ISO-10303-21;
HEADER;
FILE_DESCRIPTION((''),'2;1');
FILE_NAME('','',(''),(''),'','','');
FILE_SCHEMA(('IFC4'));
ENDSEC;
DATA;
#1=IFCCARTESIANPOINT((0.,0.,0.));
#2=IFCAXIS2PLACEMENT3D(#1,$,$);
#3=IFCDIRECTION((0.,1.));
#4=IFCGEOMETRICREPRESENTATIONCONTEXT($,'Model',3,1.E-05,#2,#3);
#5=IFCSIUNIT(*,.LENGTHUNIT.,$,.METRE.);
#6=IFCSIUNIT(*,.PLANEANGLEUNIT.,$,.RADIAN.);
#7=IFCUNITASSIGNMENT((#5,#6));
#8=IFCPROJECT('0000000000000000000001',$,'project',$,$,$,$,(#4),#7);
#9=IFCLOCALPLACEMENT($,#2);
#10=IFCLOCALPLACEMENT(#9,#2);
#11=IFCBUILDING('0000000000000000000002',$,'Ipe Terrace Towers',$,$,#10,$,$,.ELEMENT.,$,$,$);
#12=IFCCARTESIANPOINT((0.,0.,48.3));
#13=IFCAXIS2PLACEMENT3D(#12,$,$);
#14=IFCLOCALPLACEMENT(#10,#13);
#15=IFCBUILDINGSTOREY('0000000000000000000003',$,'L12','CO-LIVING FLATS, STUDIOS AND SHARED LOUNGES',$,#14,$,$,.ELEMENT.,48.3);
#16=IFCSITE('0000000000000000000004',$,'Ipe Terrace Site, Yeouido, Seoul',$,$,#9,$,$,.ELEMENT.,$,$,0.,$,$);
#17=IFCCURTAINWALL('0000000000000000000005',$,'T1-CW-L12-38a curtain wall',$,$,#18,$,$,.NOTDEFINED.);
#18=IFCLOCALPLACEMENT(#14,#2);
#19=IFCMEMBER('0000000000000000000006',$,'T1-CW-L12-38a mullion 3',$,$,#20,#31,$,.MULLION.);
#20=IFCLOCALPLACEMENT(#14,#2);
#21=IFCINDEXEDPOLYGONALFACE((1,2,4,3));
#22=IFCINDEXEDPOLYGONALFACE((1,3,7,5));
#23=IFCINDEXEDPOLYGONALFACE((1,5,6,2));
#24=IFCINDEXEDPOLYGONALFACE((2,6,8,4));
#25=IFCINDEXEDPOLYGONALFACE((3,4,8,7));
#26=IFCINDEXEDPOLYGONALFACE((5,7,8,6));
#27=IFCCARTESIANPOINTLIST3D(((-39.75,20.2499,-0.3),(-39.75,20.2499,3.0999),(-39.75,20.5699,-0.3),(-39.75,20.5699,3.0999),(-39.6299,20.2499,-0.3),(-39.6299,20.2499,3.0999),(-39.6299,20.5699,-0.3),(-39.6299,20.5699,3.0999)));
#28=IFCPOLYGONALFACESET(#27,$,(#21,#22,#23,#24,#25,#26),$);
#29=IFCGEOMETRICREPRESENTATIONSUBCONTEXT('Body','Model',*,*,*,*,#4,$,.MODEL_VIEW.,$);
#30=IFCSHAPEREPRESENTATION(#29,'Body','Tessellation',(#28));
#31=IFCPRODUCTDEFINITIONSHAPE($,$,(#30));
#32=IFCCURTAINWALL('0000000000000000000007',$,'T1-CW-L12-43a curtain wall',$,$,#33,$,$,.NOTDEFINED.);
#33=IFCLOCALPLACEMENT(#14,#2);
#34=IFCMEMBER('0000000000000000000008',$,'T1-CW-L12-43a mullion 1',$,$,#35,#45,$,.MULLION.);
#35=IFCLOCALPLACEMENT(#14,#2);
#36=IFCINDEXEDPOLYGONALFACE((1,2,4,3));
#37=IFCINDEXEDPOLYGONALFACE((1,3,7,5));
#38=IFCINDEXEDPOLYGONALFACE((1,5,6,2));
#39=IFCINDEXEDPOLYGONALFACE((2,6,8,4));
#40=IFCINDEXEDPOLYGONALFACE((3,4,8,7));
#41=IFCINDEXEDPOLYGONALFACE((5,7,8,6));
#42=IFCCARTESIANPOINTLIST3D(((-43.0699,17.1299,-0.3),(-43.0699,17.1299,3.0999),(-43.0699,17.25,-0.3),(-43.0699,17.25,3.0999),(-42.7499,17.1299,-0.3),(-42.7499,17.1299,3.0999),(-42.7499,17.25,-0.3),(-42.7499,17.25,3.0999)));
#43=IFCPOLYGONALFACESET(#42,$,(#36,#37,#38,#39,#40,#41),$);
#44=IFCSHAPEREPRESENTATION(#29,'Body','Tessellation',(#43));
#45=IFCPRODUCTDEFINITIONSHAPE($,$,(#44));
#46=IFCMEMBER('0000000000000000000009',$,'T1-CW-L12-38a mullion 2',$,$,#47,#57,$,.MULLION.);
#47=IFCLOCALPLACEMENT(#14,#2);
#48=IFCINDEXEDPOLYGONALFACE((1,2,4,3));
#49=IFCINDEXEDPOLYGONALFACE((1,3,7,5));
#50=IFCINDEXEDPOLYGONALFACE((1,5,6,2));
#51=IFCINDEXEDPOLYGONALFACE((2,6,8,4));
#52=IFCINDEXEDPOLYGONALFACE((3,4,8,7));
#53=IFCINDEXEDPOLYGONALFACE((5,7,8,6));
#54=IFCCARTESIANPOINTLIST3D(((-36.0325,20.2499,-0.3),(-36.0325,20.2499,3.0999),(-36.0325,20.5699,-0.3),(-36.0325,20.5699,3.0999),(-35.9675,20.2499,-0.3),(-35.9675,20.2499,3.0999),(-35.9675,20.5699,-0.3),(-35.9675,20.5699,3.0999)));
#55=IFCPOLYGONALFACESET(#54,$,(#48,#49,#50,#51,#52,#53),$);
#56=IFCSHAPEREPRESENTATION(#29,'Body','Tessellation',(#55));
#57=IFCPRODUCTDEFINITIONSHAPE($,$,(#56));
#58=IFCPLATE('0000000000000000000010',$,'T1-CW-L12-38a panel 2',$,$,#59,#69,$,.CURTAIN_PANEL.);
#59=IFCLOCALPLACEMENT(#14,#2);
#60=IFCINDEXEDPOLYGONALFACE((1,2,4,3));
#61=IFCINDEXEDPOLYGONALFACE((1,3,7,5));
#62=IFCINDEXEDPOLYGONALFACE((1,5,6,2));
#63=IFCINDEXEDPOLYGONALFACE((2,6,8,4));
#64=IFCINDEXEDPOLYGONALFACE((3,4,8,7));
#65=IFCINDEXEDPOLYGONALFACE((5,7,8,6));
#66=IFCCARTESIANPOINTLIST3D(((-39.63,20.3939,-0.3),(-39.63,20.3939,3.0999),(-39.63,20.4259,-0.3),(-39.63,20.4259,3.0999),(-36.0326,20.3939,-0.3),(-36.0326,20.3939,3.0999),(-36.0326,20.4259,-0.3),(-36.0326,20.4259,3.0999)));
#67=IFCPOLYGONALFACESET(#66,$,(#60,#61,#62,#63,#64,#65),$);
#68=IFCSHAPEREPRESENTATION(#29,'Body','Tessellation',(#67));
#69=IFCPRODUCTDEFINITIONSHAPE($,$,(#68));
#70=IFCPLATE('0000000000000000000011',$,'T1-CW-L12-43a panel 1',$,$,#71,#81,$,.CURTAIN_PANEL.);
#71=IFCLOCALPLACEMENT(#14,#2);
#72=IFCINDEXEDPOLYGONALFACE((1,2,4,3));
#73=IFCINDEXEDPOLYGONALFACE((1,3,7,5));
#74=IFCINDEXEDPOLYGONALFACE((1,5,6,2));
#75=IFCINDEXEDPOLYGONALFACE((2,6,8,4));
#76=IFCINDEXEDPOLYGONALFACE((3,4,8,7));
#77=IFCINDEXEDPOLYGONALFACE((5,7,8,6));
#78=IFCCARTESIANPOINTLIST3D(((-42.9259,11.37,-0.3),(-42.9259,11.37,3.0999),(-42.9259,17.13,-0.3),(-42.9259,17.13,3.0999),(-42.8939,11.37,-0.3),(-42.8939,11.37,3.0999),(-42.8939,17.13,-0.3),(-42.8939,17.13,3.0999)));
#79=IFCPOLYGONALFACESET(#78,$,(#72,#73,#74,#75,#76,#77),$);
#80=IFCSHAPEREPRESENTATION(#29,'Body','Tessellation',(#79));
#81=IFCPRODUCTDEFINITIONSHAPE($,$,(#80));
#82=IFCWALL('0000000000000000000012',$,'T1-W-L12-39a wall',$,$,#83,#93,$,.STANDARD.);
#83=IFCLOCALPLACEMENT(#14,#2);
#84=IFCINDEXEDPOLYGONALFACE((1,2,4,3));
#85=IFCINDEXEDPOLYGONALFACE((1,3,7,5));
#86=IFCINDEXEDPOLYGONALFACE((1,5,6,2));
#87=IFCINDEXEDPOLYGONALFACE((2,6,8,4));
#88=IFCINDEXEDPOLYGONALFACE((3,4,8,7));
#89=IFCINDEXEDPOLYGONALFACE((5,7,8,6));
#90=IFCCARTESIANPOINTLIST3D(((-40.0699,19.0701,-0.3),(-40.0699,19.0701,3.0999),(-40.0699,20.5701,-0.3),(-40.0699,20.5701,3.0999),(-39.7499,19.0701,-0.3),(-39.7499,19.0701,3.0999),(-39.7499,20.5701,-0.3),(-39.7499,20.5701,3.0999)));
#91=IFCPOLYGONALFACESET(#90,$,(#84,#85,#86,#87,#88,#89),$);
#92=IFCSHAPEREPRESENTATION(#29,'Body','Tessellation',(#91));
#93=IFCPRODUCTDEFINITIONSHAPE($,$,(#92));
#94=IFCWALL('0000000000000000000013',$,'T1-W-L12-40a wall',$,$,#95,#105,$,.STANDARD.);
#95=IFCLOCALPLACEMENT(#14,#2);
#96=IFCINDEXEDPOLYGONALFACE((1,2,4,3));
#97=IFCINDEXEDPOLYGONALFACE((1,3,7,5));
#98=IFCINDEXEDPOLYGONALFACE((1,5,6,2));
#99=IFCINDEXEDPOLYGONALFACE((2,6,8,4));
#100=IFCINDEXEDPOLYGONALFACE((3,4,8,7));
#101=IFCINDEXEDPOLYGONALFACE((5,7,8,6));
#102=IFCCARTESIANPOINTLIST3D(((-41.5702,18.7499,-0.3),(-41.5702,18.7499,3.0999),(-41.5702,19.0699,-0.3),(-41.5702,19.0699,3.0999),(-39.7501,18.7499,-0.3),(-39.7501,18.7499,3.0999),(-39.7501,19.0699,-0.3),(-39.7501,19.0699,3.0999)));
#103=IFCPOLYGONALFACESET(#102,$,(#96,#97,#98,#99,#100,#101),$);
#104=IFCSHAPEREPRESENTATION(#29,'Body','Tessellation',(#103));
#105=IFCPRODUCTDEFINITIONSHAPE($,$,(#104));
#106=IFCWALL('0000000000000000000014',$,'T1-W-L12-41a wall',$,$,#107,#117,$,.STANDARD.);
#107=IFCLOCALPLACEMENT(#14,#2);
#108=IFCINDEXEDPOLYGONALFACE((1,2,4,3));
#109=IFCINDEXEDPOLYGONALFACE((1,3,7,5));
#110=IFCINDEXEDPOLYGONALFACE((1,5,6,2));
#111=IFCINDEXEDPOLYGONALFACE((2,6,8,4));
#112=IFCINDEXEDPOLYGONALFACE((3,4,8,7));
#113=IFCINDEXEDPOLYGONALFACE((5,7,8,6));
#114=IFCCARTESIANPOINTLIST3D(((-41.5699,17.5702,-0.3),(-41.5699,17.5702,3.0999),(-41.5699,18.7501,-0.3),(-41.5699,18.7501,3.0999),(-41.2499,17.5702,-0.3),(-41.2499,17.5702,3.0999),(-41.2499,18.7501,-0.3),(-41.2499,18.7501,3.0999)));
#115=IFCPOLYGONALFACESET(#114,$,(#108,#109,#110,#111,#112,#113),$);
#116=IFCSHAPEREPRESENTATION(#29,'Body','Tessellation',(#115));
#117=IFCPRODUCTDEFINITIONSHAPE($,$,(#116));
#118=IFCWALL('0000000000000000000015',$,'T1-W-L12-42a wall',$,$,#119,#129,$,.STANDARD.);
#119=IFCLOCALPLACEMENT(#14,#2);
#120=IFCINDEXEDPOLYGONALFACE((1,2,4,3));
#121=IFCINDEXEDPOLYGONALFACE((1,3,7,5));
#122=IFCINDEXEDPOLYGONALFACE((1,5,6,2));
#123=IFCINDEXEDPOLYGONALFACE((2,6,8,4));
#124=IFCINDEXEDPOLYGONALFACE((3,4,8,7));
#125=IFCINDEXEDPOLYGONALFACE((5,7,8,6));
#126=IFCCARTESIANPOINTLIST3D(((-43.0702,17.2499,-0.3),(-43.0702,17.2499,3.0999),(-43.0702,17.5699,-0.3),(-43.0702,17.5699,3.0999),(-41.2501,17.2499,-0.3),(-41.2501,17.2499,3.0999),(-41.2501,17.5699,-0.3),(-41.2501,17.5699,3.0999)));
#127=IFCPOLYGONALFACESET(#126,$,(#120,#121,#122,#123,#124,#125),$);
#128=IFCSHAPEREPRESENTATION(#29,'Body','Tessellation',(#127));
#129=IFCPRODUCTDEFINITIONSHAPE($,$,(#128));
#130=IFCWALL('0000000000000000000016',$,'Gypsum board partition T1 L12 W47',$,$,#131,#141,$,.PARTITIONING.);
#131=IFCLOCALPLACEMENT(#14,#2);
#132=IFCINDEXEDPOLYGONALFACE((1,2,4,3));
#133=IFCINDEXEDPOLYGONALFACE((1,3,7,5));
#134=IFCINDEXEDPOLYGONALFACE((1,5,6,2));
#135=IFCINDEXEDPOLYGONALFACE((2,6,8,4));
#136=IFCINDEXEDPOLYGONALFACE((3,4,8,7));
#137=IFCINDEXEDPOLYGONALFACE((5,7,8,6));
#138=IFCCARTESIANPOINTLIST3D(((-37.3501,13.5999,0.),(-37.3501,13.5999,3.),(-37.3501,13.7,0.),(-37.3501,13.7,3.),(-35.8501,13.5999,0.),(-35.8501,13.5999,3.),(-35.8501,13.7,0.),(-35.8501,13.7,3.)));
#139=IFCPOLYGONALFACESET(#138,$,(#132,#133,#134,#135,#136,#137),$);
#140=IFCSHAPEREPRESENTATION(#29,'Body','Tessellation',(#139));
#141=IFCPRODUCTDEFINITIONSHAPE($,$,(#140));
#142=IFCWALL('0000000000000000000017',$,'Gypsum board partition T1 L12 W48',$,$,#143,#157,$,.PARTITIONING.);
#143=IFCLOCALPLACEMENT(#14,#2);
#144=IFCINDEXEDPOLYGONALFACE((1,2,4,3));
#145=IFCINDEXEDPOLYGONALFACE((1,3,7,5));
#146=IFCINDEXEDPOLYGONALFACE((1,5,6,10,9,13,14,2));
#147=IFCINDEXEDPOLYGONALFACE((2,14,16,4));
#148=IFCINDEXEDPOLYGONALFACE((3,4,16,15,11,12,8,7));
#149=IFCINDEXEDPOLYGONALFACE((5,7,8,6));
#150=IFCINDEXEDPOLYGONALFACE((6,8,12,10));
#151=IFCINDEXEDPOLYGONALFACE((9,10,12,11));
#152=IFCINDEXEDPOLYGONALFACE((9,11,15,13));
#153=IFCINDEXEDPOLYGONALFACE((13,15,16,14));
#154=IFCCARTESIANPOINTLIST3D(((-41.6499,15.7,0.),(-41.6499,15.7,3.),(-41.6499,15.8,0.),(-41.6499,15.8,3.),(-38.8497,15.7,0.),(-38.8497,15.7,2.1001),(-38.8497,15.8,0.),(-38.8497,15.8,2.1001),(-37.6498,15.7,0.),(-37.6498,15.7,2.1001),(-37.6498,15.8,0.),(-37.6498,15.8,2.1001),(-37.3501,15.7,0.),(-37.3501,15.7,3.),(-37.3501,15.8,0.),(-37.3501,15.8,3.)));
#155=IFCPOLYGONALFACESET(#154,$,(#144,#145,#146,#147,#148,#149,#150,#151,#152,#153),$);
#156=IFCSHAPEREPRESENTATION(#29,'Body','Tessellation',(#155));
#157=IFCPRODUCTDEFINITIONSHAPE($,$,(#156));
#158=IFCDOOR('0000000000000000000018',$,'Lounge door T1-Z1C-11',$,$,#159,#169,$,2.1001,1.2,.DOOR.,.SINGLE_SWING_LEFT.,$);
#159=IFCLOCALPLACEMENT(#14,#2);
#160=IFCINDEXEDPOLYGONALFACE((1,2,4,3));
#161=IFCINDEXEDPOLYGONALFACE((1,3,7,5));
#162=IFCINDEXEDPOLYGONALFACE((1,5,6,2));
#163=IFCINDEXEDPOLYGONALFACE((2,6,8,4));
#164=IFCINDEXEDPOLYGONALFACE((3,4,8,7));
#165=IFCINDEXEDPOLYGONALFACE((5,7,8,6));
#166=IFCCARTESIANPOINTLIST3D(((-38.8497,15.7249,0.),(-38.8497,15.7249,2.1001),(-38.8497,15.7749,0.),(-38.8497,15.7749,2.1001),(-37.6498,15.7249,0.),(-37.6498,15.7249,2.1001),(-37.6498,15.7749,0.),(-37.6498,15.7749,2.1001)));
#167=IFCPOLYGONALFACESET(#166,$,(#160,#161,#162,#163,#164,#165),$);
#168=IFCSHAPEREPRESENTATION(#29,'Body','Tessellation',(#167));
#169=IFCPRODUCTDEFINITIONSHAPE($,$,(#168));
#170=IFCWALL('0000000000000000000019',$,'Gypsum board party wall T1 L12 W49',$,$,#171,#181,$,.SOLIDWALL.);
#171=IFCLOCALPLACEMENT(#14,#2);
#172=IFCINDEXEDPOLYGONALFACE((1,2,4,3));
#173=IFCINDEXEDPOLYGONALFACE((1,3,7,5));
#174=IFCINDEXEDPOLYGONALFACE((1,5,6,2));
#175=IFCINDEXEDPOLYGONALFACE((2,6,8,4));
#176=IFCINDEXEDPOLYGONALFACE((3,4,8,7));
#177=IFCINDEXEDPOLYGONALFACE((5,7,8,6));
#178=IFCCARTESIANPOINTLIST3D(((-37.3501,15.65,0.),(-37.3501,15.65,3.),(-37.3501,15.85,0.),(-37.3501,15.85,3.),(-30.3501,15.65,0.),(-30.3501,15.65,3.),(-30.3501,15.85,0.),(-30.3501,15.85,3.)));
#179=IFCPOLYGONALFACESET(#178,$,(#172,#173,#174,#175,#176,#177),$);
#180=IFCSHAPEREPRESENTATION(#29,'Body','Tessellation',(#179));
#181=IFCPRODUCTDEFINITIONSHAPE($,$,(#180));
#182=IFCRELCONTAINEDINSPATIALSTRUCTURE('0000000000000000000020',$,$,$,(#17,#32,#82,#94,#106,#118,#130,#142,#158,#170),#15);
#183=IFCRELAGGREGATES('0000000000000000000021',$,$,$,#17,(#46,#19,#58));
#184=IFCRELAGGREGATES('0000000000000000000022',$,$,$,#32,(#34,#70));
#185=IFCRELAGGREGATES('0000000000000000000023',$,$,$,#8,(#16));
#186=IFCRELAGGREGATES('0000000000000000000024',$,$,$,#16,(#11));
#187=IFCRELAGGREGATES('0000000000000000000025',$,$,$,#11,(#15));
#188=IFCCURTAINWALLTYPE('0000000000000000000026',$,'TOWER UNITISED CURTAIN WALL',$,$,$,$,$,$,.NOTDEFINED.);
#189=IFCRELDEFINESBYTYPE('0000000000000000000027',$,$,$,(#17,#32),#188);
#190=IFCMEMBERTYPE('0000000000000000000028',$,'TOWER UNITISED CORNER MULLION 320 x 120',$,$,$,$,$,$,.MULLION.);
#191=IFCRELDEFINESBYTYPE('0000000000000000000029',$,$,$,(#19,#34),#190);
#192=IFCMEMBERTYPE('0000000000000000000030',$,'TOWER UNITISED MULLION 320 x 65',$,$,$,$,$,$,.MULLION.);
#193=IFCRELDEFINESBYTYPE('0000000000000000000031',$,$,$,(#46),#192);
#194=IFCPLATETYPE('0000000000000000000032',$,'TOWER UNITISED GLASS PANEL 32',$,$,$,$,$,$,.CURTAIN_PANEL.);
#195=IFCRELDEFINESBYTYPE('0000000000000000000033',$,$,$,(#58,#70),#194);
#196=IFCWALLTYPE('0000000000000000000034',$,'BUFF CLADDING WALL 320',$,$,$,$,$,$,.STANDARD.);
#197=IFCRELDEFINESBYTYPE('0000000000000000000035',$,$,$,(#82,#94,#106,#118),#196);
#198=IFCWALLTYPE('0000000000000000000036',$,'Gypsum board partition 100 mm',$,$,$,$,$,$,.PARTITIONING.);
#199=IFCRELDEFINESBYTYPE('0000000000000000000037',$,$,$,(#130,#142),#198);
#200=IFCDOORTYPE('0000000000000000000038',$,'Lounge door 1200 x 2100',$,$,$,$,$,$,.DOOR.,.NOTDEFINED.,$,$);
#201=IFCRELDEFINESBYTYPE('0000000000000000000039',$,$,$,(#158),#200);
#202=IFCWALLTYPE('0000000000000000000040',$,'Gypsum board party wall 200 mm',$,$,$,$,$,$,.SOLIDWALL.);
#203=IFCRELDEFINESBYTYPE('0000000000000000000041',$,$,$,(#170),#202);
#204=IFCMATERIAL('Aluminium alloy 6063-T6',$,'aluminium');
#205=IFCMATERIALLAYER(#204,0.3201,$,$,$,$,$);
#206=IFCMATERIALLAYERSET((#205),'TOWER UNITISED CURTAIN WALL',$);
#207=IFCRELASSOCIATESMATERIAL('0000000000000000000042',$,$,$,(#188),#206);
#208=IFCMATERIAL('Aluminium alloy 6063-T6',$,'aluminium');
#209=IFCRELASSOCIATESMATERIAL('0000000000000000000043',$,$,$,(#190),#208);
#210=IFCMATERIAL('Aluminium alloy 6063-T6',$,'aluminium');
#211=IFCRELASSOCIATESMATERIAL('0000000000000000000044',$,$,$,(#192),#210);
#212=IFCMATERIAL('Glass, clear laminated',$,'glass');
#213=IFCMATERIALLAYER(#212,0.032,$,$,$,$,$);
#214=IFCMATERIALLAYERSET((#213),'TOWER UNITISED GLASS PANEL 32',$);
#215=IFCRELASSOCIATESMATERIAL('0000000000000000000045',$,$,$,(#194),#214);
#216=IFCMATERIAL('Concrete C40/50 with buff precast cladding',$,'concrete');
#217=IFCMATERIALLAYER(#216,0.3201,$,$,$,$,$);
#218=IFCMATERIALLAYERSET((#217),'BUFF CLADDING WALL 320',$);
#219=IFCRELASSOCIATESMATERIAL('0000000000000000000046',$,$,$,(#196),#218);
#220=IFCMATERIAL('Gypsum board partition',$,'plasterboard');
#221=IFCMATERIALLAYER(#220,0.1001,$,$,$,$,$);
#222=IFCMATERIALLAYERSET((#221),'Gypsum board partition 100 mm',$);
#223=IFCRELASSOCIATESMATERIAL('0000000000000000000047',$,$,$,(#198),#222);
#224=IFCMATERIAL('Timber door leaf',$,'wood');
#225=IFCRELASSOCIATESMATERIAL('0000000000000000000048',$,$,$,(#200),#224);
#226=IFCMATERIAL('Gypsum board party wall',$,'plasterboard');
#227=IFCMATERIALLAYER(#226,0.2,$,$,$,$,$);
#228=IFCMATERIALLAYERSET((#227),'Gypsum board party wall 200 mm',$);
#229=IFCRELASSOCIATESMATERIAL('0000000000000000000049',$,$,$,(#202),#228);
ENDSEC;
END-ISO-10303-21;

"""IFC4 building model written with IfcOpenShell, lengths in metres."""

from ifc_helpers import new_model, si_unit, direction, frame, frame_2d, origin, origin_2d, place, context, subcontext, project, spatial, rectangle, extrude, material, layer, layer_set, material_profile, profile_set, type_object, element, fill, aggregate, save


model = new_model("IFC4")

# Units and contexts
model_context = context("Model", 3, precision=1e-05, world=origin(), true_north=direction((0.0, 1.0)))
body_context = subcontext(model_context, "Body", "Model", "MODEL_VIEW")
ifc_project = project(units=[si_unit("LENGTHUNIT", "METRE"), si_unit("PLANEANGLEUNIT", "RADIAN")], contexts=[model_context])

# Site, building, storey
site_placement = place(None, origin())
site = spatial("IfcSite", under=ifc_project, at=site_placement, Name="Ipe Terrace Site, Yeouido, Seoul", CompositionType="ELEMENT", RefElevation=0.0)
building_placement = place(site_placement, origin())
building = spatial("IfcBuilding", under=site, at=building_placement, Name="Ipe Terrace Towers", CompositionType="ELEMENT")
storey_placement = place(building_placement, frame((0.0, 0.0, 48.3)))
storey = spatial("IfcBuildingStorey", under=building, at=storey_placement, Name="L12", Description="CO-LIVING FLATS, STUDIOS AND SHARED LOUNGES", CompositionType="ELEMENT", Elevation=48.3)

# Curtain walls, members
ifc_material_1 = material(Name="Aluminium alloy 6063-T6", Category="aluminium")
ifc_layer_1 = layer(ifc_material_1, 0.3201)
ifc_layer_set_1 = layer_set([ifc_layer_1], Name="TOWER UNITISED CURTAIN WALL")
curtain_wall_type = type_object("IfcCurtainWallType", Name="TOWER UNITISED CURTAIN WALL", PredefinedType="NOTDEFINED", material=ifc_layer_set_1)
curtain_wall_1_placement = place(storey_placement, origin())
curtain_wall_1 = element("IfcCurtainWall", 1, at=curtain_wall_1_placement, inside=storey, type_object=curtain_wall_type, Name="T1-CW-L12-38a curtain wall", PredefinedType="NOTDEFINED")
ifc_material_2 = material(Name="Aluminium alloy 6063-T6", Category="aluminium")
ifc_material_profile_1 = material_profile(ifc_material_2, rectangle(XDim=0.3201, YDim=0.1201, at=origin_2d()), Name="TOWER UNITISED CORNER MULLION 320 x 120")
ifc_profile_set_1 = profile_set([ifc_material_profile_1], Name="Aluminium alloy 6063-T6")
member_type_1 = type_object("IfcMemberType", Name="TOWER UNITISED CORNER MULLION 320 x 120", PredefinedType="MULLION", material=ifc_profile_set_1)
member_1_placement = place(storey_placement, frame((-39.6899, 20.4099, -0.3), z_axis=(0.0, 0.0, 1.0), x_axis=(0.0, 1.0, 0.0)))
member_1 = element("IfcMember", 2, at=member_1_placement, type_object=member_type_1, Name="T1-CW-L12-38a mullion 3", PredefinedType="MULLION", context=body_context, shape_type="SweptSolid", body=[
    extrude(rectangle(XDim=0.3201, YDim=0.1201, at=origin_2d()), origin(), (0.0, 0.0, 1.0), 3.3999),
])
curtain_wall_2_placement = place(storey_placement, origin())
curtain_wall_2 = element("IfcCurtainWall", 3, at=curtain_wall_2_placement, inside=storey, type_object=curtain_wall_type, Name="T1-CW-L12-43a curtain wall", PredefinedType="NOTDEFINED")
member_2_placement = place(storey_placement, frame((-42.9099, 17.1899, -0.3), z_axis=(0.0, 0.0, 1.0), x_axis=(-1.0, 0.0, 0.0)))
member_2 = element("IfcMember", 4, at=member_2_placement, type_object=member_type_1, Name="T1-CW-L12-43a mullion 1", PredefinedType="MULLION", context=body_context, shape_type="SweptSolid", body=[
    extrude(rectangle(XDim=0.3201, YDim=0.1201, at=origin_2d()), origin(), (0.0, 0.0, 1.0), 3.3999),
])

# Member
ifc_material_3 = material(Name="Aluminium alloy 6063-T6", Category="aluminium")
ifc_material_profile_2 = material_profile(ifc_material_3, rectangle(XDim=0.3201, YDim=0.0649, at=origin_2d()), Name="TOWER UNITISED MULLION 320 x 65")
ifc_profile_set_2 = profile_set([ifc_material_profile_2], Name="Aluminium alloy 6063-T6")
member_type_2 = type_object("IfcMemberType", Name="TOWER UNITISED MULLION 320 x 65", PredefinedType="MULLION", material=ifc_profile_set_2)
member_3_placement = place(storey_placement, frame((-36.0, 20.4099, -0.3), z_axis=(0.0, 0.0, 1.0), x_axis=(0.0, 1.0, 0.0)))
member_3 = element("IfcMember", 5, at=member_3_placement, type_object=member_type_2, Name="T1-CW-L12-38a mullion 2", PredefinedType="MULLION", context=body_context, shape_type="SweptSolid", body=[
    extrude(rectangle(XDim=0.3201, YDim=0.0649, at=origin_2d()), origin(), (0.0, 0.0, 1.0), 3.3999),
])

# Plates
ifc_material_4 = material(Name="Glass, clear laminated", Category="glass")
ifc_layer_2 = layer(ifc_material_4, 0.032)
ifc_layer_set_2 = layer_set([ifc_layer_2], Name="TOWER UNITISED GLASS PANEL 32")
plate_type = type_object("IfcPlateType", Name="TOWER UNITISED GLASS PANEL 32", PredefinedType="CURTAIN_PANEL", material=ifc_layer_set_2)
plate_1_placement = place(storey_placement, frame((-37.8313, 20.4099, -0.3), z_axis=(0.0, 0.0, 1.0), x_axis=(-1.0, 0.0, 0.0)))
plate_1 = element("IfcPlate", 6, at=plate_1_placement, type_object=plate_type, Name="T1-CW-L12-38a panel 2", PredefinedType="CURTAIN_PANEL", context=body_context, shape_type="SweptSolid", body=[
    extrude(rectangle(XDim=3.5974, YDim=0.032, at=origin_2d()), origin(), (0.0, 0.0, 1.0), 3.3999),
])
aggregate(curtain_wall_1, [member_3, member_1, plate_1])
plate_2_placement = place(storey_placement, frame((-42.9099, 14.25, -0.3), z_axis=(0.0, 0.0, 1.0), x_axis=(0.0, -1.0, 0.0)))
plate_2 = element("IfcPlate", 7, at=plate_2_placement, type_object=plate_type, Name="T1-CW-L12-43a panel 1", PredefinedType="CURTAIN_PANEL", context=body_context, shape_type="SweptSolid", body=[
    extrude(rectangle(XDim=5.76, YDim=0.032, at=origin_2d()), origin(), (0.0, 0.0, 1.0), 3.3999),
])
aggregate(curtain_wall_2, [member_2, plate_2])

# Walls
ifc_material_5 = material(Name="Concrete C40/50 with buff precast cladding", Category="concrete")
ifc_layer_3 = layer(ifc_material_5, 0.3201)
ifc_layer_set_3 = layer_set([ifc_layer_3], Name="BUFF CLADDING WALL 320")
wall_type_1 = type_object("IfcWallType", Name="BUFF CLADDING WALL 320", PredefinedType="STANDARD", material=ifc_layer_set_3)
wall_1_placement = place(storey_placement, frame((-39.9099, 20.5701, -0.3), z_axis=(0.0, 0.0, 1.0), x_axis=(0.0, -1.0, 0.0)))
element("IfcWall", 8, at=wall_1_placement, inside=storey, type_object=wall_type_1, Name="T1-W-L12-39a wall", PredefinedType="STANDARD", context=body_context, shape_type="SweptSolid", body=[
    extrude(rectangle(XDim=1.5, YDim=0.3201, at=frame_2d((0.75, 0.0))), origin(), (0.0, 0.0, 1.0), 3.3999),
])
wall_2_placement = place(storey_placement, frame((-39.75, 18.9099, -0.3), z_axis=(0.0, 0.0, 1.0), x_axis=(-1.0, 0.0, 0.0)))
element("IfcWall", 9, at=wall_2_placement, inside=storey, type_object=wall_type_1, Name="T1-W-L12-40a wall", PredefinedType="STANDARD", context=body_context, shape_type="SweptSolid", body=[
    extrude(rectangle(XDim=1.8201, YDim=0.3201, at=frame_2d((0.9102, 0.0))), origin(), (0.0, 0.0, 1.0), 3.3999),
])
wall_3_placement = place(storey_placement, frame((-41.4099, 18.75, -0.3), z_axis=(0.0, 0.0, 1.0), x_axis=(0.0, -1.0, 0.0)))
element("IfcWall", 10, at=wall_3_placement, inside=storey, type_object=wall_type_1, Name="T1-W-L12-41a wall", PredefinedType="STANDARD", context=body_context, shape_type="SweptSolid", body=[
    extrude(rectangle(XDim=1.1799, YDim=0.3201, at=frame_2d((0.5898, 0.0))), origin(), (0.0, 0.0, 1.0), 3.3999),
])
wall_4_placement = place(storey_placement, frame((-41.25, 17.4099, -0.3), z_axis=(0.0, 0.0, 1.0), x_axis=(-1.0, 0.0, 0.0)))
element("IfcWall", 11, at=wall_4_placement, inside=storey, type_object=wall_type_1, Name="T1-W-L12-42a wall", PredefinedType="STANDARD", context=body_context, shape_type="SweptSolid", body=[
    extrude(rectangle(XDim=1.8201, YDim=0.3201, at=frame_2d((0.9102, 0.0))), origin(), (0.0, 0.0, 1.0), 3.3999),
])
ifc_material_6 = material(Name="Gypsum board partition", Category="plasterboard")
ifc_layer_4 = layer(ifc_material_6, 0.1001)
ifc_layer_set_4 = layer_set([ifc_layer_4], Name="Gypsum board partition 100 mm")
wall_type_2 = type_object("IfcWallType", Name="Gypsum board partition 100 mm", PredefinedType="PARTITIONING", material=ifc_layer_set_4)
wall_5_placement = place(storey_placement, frame((-37.3501, 13.6499, 0.0), z_axis=(0.0, 0.0, 1.0), x_axis=(1.0, 0.0, 0.0)))
element("IfcWall", 12, at=wall_5_placement, inside=storey, type_object=wall_type_2, Name="Gypsum board partition T1 L12 W47", PredefinedType="PARTITIONING", context=body_context, shape_type="SweptSolid", body=[
    extrude(rectangle(XDim=1.5, YDim=0.1001, at=frame_2d((0.75, 0.0))), origin(), (0.0, 0.0, 1.0), 3.0),
])

# Wall, opening, door
wall_6_placement = place(storey_placement, frame((-41.6499, 15.75, 0.0), z_axis=(0.0, 0.0, 1.0), x_axis=(1.0, 0.0, 0.0)))
wall_6 = element("IfcWall", 13, at=wall_6_placement, inside=storey, type_object=wall_type_2, Name="Gypsum board partition T1 L12 W48", PredefinedType="PARTITIONING", context=body_context, shape_type="SweptSolid", body=[
    extrude(rectangle(XDim=4.2998, YDim=0.1001, at=frame_2d((2.1499, 0.0))), origin(), (0.0, 0.0, 1.0), 3.0),
])
opening_placement = place(wall_6_placement, frame((2.8, 0.0, 0.0)))
opening = element("IfcOpeningElement", 14, at=opening_placement, cuts=wall_6, PredefinedType="OPENING", context=body_context, shape_type="SweptSolid", body=[
    extrude(rectangle(XDim=1.2, YDim=2.1001, at=frame_2d((0.6001, 1.05))), frame((0.0, 0.0601, 0.0), z_axis=(0.0, -1.0, 0.0), x_axis=(1.0, 0.0, 0.0)), (0.0, 0.0, 1.0), 0.1201),
])
ifc_material_7 = material(Name="Timber door leaf", Category="wood")
door_type = type_object("IfcDoorType", Name="Lounge door 1200 x 2100", OperationType="NOTDEFINED", PredefinedType="DOOR", material=ifc_material_7)
door_placement = place(opening_placement, origin())
door = element("IfcDoor", 15, at=door_placement, inside=storey, type_object=door_type, Name="Lounge door T1-Z1C-11", OperationType="SINGLE_SWING_LEFT", OverallHeight=2.1001, OverallWidth=1.2, PredefinedType="DOOR", context=body_context, shape_type="SweptSolid", body=[
    extrude(rectangle(XDim=1.2, YDim=2.1001, at=frame_2d((0.6001, 1.05))), frame((0.0, 0.0249, 0.0), z_axis=(0.0, -1.0, 0.0), x_axis=(1.0, 0.0, 0.0)), (0.0, 0.0, 1.0), 0.05),
])
fill(opening, door)

# Wall
ifc_material_8 = material(Name="Gypsum board party wall", Category="plasterboard")
ifc_layer_5 = layer(ifc_material_8, 0.2)
ifc_layer_set_5 = layer_set([ifc_layer_5], Name="Gypsum board party wall 200 mm")
wall_type_3 = type_object("IfcWallType", Name="Gypsum board party wall 200 mm", PredefinedType="SOLIDWALL", material=ifc_layer_set_5)
wall_7_placement = place(storey_placement, frame((-37.3501, 15.75, 0.0), z_axis=(0.0, 0.0, 1.0), x_axis=(1.0, 0.0, 0.0)))
element("IfcWall", 16, at=wall_7_placement, inside=storey, type_object=wall_type_3, Name="Gypsum board party wall T1 L12 W49", PredefinedType="SOLIDWALL", context=body_context, shape_type="SweptSolid", body=[
    extrude(rectangle(XDim=7.0, YDim=0.2, at=frame_2d((3.5, 0.0))), origin(), (0.0, 0.0, 1.0), 3.0),
])

save(model, "model.ifc")
